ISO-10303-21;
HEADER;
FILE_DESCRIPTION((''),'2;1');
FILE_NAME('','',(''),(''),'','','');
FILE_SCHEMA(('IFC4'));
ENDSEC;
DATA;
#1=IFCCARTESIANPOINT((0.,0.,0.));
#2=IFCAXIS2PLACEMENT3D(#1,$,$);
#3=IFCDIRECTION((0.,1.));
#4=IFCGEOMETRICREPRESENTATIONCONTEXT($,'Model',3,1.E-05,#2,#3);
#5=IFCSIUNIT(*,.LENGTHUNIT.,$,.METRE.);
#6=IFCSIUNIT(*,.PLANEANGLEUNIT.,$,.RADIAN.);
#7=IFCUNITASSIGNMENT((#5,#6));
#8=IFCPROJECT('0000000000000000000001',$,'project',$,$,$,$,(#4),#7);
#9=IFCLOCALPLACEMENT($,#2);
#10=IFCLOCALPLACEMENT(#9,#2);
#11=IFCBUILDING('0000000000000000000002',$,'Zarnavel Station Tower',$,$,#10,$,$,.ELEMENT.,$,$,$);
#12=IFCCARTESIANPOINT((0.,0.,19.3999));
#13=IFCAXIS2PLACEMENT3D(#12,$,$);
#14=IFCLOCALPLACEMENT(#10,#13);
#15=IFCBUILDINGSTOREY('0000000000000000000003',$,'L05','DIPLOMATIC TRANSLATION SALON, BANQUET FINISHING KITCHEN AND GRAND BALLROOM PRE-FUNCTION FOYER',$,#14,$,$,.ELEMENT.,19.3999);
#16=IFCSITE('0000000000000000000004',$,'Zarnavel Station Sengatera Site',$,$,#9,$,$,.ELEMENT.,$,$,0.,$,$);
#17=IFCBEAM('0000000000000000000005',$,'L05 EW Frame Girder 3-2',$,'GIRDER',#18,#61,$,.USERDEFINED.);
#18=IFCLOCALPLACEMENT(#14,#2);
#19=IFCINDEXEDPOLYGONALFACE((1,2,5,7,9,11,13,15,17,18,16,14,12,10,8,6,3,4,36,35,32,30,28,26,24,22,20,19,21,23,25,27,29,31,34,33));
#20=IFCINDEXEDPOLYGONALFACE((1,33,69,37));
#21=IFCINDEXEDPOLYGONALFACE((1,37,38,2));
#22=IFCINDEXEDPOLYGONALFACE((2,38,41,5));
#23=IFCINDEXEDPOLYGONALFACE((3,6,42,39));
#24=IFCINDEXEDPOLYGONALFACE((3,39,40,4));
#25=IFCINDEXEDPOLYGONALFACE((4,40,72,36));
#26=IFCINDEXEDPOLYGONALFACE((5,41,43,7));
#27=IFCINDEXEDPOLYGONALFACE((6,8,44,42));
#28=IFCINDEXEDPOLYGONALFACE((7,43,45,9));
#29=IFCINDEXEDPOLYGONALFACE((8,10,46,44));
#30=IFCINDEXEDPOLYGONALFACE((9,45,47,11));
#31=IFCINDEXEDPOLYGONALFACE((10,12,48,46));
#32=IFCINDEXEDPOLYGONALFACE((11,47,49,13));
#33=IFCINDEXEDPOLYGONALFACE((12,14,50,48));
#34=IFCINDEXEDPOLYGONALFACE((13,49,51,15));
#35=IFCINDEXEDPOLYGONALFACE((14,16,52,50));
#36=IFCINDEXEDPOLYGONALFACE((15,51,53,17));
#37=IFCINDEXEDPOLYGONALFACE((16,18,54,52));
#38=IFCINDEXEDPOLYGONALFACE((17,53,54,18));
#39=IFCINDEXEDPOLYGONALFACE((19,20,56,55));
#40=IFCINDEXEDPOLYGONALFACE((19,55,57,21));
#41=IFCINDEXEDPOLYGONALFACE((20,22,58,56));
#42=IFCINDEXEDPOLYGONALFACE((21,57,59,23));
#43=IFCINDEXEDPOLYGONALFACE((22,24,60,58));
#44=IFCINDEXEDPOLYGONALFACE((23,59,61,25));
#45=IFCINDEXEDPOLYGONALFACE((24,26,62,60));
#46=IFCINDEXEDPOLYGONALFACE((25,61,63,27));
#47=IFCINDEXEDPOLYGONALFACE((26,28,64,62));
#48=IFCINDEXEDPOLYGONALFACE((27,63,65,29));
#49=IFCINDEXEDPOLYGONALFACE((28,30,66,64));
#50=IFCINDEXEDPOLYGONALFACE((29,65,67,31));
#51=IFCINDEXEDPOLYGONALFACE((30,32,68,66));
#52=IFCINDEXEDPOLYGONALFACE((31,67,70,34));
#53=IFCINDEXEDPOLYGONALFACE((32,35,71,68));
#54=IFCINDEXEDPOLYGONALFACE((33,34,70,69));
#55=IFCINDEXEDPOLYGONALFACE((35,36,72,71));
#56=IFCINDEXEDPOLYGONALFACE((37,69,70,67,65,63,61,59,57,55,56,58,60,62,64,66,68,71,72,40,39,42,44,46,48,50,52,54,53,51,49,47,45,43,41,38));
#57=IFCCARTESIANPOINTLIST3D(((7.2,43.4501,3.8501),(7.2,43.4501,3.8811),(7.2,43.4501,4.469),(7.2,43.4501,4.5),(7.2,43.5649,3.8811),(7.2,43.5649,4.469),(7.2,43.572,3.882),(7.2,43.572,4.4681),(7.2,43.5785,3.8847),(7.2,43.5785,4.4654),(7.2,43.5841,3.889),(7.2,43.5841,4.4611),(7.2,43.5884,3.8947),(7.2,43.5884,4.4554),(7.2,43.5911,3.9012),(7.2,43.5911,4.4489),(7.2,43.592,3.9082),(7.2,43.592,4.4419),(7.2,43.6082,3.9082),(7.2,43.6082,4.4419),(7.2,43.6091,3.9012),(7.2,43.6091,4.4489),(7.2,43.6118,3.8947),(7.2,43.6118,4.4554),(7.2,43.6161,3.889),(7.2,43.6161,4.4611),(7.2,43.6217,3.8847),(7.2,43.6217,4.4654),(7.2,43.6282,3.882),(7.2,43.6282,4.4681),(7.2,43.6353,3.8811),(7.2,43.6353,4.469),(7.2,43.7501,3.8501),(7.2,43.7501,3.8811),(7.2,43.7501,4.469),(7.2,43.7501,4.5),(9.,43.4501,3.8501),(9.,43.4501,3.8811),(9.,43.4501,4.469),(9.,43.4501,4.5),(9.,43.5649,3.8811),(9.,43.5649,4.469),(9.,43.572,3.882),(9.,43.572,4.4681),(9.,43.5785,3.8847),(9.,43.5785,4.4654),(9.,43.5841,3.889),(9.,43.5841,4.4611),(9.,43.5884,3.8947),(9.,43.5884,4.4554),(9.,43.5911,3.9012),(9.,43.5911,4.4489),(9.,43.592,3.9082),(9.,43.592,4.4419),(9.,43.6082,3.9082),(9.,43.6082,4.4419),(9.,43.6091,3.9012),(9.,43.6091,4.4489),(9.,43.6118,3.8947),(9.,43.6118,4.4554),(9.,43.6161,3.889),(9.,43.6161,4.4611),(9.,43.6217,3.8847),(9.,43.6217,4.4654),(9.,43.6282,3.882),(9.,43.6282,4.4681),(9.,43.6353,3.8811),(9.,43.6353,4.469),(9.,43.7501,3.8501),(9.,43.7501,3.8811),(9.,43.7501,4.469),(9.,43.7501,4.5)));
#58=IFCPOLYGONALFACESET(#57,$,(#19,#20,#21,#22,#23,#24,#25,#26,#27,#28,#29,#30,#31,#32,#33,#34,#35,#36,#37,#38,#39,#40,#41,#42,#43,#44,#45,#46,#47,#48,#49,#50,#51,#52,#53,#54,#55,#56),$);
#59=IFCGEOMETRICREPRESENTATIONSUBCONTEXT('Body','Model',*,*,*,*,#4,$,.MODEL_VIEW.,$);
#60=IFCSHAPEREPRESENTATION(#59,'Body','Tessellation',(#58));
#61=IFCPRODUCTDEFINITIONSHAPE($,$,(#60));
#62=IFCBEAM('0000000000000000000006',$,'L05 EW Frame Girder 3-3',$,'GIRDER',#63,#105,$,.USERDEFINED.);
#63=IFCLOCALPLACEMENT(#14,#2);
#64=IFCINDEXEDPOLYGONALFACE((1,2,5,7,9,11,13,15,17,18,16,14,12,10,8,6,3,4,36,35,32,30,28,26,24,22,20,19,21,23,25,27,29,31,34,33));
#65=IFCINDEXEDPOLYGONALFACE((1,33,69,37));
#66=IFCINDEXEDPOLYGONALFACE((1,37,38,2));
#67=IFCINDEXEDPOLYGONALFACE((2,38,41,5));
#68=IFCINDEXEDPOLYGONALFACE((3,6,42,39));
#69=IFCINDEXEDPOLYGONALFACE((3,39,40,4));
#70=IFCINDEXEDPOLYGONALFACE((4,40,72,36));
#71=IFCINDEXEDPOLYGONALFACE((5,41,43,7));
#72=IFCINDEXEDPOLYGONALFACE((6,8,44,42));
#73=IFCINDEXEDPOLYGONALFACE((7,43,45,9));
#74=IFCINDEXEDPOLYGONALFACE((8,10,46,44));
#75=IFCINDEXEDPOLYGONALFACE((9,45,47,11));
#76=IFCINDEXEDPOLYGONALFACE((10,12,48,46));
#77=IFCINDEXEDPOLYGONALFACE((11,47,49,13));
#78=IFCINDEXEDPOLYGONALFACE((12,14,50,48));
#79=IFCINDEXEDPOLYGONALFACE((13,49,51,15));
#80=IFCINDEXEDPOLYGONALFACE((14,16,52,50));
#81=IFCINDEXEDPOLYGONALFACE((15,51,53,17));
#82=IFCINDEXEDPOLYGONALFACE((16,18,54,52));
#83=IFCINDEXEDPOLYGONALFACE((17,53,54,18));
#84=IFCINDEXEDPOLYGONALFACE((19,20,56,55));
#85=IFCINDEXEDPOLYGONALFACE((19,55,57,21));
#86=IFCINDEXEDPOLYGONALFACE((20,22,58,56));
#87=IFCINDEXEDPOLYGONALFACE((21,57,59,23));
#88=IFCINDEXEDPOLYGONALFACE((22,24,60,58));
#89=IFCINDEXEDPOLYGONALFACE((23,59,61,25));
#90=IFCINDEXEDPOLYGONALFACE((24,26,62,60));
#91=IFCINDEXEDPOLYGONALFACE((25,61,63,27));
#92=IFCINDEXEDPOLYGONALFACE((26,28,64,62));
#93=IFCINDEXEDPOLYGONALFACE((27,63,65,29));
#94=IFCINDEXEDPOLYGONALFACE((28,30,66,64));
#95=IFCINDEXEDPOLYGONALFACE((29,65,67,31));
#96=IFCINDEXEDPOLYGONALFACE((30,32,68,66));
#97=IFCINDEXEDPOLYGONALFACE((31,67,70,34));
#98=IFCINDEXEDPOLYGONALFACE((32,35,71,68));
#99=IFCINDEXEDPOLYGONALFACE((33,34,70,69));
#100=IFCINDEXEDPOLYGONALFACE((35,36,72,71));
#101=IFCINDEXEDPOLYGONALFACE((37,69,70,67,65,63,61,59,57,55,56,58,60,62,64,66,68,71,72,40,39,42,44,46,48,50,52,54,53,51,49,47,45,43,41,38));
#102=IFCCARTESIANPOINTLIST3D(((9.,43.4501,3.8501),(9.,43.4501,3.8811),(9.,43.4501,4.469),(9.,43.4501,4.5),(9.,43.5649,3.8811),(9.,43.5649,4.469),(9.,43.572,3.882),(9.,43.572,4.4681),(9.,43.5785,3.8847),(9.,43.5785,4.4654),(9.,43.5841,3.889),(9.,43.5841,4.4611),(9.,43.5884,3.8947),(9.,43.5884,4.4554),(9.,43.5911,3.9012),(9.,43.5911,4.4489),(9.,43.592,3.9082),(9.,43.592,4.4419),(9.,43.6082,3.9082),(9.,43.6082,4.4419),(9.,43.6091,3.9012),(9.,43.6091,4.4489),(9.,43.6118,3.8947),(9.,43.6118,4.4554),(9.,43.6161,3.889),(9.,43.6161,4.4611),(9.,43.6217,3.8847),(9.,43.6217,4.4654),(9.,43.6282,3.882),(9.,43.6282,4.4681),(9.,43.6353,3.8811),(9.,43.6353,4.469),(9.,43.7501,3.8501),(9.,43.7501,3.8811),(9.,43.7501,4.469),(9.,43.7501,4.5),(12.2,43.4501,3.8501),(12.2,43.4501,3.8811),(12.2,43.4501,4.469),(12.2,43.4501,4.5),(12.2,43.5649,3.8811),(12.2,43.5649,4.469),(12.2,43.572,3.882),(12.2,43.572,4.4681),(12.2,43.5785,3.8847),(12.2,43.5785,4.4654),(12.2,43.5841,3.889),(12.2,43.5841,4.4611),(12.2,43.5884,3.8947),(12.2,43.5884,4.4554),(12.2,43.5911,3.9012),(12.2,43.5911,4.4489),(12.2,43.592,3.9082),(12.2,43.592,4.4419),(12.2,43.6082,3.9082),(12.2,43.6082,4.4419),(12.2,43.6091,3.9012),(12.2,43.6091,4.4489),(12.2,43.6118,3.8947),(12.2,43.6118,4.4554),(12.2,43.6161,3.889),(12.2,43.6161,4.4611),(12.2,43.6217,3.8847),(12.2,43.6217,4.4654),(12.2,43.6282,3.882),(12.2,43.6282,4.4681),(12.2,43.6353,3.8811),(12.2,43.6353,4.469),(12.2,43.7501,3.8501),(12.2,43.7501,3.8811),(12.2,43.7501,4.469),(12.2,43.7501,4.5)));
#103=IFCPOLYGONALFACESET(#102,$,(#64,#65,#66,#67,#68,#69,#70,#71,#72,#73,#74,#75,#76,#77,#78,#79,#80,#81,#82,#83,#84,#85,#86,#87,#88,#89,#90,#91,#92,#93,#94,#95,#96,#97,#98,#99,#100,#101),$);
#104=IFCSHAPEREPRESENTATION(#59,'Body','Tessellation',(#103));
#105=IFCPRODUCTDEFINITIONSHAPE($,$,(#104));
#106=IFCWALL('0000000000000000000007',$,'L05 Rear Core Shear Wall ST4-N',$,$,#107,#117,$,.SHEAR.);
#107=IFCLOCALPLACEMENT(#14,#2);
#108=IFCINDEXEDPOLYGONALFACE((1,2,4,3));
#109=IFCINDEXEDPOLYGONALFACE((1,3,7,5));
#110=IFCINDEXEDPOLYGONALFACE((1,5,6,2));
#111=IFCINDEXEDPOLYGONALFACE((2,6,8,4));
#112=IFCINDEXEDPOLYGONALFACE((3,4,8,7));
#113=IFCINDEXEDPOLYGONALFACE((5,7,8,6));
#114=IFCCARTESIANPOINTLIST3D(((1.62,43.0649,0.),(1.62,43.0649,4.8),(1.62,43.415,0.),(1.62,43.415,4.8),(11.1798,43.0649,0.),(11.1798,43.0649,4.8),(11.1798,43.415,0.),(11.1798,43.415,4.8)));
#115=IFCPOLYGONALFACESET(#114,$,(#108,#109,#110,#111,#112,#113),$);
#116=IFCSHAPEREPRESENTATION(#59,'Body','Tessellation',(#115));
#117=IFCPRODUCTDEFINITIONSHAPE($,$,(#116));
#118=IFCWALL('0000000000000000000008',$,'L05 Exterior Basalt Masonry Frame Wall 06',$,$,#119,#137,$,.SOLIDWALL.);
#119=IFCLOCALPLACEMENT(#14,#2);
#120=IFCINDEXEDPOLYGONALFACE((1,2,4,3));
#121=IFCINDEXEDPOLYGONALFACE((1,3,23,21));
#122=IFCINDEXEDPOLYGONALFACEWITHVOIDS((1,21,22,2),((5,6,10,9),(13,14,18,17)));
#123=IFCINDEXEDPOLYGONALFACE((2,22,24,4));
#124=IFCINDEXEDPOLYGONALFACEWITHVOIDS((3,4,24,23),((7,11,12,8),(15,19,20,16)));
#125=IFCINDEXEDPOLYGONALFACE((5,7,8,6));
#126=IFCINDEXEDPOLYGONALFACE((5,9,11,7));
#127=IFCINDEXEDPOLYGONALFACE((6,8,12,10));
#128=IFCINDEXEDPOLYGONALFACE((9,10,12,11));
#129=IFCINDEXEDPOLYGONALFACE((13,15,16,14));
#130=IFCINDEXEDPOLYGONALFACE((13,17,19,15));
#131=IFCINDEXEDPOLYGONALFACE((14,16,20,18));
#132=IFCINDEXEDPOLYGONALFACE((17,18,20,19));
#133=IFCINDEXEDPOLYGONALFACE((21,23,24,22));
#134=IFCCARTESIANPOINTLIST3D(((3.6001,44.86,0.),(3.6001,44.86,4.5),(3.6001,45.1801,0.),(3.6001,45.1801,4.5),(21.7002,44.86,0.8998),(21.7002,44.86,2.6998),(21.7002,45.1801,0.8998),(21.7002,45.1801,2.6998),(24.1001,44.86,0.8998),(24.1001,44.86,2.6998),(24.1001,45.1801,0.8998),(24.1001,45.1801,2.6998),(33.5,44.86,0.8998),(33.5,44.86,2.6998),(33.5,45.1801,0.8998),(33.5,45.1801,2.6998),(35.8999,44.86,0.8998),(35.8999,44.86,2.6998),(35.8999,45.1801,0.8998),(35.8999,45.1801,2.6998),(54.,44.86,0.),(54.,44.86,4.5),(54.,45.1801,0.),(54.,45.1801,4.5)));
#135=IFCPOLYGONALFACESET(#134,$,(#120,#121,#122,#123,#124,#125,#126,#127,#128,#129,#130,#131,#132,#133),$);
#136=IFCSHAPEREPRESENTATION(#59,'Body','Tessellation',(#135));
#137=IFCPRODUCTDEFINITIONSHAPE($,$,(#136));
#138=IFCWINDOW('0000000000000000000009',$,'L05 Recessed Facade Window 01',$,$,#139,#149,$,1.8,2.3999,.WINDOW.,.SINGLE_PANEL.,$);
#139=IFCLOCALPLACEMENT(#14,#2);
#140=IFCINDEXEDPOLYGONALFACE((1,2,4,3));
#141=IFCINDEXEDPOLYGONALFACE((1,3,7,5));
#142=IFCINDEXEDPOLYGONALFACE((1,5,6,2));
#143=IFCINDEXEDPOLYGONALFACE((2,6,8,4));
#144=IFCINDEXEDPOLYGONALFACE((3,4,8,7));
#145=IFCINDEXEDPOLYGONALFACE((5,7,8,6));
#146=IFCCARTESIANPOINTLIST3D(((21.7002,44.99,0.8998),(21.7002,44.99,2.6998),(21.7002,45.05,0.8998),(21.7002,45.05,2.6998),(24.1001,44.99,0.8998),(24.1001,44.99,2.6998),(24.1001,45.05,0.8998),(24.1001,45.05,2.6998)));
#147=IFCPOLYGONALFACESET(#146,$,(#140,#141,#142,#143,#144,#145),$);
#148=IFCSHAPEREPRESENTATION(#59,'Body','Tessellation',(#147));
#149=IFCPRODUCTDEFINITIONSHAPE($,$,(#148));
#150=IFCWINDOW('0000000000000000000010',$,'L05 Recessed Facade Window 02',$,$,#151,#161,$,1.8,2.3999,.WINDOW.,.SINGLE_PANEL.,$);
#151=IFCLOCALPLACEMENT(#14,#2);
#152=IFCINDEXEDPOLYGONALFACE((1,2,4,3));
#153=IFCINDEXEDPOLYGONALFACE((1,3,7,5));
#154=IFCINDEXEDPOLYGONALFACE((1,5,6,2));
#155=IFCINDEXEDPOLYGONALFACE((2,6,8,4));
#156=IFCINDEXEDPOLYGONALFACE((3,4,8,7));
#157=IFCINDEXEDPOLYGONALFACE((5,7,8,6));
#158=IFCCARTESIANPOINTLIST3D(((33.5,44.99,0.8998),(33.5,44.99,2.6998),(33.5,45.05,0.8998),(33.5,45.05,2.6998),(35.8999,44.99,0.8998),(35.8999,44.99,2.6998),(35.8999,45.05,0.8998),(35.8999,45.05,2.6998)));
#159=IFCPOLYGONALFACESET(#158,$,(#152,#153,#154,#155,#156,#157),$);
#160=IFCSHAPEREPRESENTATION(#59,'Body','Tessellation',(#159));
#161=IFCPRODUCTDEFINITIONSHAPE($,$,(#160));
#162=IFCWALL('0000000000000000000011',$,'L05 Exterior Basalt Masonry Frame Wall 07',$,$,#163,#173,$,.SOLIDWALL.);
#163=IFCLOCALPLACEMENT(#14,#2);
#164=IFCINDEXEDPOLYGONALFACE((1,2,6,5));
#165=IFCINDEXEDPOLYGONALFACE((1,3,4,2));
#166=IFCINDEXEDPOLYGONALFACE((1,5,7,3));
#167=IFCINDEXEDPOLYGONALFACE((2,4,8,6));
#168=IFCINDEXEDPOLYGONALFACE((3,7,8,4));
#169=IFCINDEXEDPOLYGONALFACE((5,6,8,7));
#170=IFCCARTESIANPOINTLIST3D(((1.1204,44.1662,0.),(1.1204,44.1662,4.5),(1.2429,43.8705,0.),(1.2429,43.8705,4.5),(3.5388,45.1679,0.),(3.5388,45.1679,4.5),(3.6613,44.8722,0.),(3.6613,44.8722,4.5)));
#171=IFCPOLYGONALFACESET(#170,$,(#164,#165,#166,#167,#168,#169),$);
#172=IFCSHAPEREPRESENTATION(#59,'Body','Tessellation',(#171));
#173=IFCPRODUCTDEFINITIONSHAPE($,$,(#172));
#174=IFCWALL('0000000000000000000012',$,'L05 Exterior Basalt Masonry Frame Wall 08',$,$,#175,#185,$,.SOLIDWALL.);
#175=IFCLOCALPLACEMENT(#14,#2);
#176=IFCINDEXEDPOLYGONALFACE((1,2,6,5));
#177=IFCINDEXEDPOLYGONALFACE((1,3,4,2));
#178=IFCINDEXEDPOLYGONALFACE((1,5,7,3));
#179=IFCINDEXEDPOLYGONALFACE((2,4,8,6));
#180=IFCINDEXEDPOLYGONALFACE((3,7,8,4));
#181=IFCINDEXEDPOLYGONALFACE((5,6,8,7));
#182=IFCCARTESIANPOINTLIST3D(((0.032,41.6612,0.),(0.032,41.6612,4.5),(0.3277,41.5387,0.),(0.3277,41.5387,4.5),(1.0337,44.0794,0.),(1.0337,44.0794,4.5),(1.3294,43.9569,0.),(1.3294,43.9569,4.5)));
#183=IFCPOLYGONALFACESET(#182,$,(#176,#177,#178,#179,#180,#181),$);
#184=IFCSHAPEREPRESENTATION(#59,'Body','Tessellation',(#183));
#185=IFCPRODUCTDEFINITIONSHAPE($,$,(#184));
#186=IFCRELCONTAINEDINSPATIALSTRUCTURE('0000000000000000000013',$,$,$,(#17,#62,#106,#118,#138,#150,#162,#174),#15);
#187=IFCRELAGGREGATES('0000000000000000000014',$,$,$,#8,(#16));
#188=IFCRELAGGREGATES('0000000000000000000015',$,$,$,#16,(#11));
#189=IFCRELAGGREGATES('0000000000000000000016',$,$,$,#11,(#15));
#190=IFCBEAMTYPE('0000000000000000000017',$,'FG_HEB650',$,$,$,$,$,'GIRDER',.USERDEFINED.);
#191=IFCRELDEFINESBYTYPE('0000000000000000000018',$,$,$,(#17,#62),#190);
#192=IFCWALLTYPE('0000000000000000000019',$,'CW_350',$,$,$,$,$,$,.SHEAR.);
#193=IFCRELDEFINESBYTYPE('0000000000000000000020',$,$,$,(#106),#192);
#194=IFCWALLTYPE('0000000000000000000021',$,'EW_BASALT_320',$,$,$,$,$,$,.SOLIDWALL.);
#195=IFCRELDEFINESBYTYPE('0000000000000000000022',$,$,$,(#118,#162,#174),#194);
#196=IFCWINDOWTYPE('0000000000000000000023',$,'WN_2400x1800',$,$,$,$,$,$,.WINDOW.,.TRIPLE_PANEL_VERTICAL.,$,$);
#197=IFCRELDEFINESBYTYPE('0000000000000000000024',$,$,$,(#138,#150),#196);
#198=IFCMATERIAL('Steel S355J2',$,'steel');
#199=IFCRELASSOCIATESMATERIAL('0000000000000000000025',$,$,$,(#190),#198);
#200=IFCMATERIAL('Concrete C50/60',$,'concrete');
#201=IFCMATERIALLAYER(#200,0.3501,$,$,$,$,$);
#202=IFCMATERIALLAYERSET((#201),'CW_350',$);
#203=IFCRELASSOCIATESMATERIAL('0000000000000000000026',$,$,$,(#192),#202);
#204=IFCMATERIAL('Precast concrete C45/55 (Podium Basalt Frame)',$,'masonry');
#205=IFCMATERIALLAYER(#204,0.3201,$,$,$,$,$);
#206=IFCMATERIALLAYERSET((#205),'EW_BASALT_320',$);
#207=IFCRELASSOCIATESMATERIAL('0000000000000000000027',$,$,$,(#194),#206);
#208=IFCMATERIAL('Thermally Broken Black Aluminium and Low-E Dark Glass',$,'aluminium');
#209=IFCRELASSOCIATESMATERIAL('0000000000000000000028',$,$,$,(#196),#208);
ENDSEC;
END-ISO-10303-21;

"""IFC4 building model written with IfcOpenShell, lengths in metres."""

from ifc_helpers import new_model, si_unit, direction, frame, frame_2d, origin, origin_2d, place, context, subcontext, project, spatial, rectangle, i_section, extrude, material, layer, layer_set, material_profile, profile_set, type_object, element, fill, save


model = new_model("IFC4")

# Units and contexts
model_context = context("Model", 3, precision=1e-05, world=origin(), true_north=direction((0.0, 1.0)))
body_context = subcontext(model_context, "Body", "Model", "MODEL_VIEW")
ifc_project = project(units=[si_unit("LENGTHUNIT", "METRE"), si_unit("PLANEANGLEUNIT", "RADIAN")], contexts=[model_context])

# Site, building, storey
site_placement = place(None, origin())
site = spatial("IfcSite", under=ifc_project, at=site_placement, Name="Zarnavel Station Sengatera Site", CompositionType="ELEMENT", RefElevation=0.0)
building_placement = place(site_placement, origin())
building = spatial("IfcBuilding", under=site, at=building_placement, Name="Zarnavel Station Tower", CompositionType="ELEMENT")
storey_placement = place(building_placement, frame((0.0, 0.0, 19.3999)))
storey = spatial("IfcBuildingStorey", under=building, at=storey_placement, Name="L05", Description="DIPLOMATIC TRANSLATION SALON, BANQUET FINISHING KITCHEN AND GRAND BALLROOM PRE-FUNCTION FOYER", CompositionType="ELEMENT", Elevation=19.3999)

# Beams
ifc_material_1 = material(Name="Steel S355J2", Category="steel")
ifc_material_profile_1 = material_profile(ifc_material_1, i_section(OverallWidth=0.3, OverallDepth=0.6499, WebThickness=0.0161, FlangeThickness=0.031, FilletRadius=0.0271, at=origin_2d()), Name="HEB650")
ifc_profile_set_1 = profile_set([ifc_material_profile_1], Name="Steel S355J2")
beam_type = type_object("IfcBeamType", Name="FG_HEB650", ElementType="GIRDER", PredefinedType="USERDEFINED", material=ifc_profile_set_1)
beam_1_placement = place(storey_placement, frame((7.2, 43.6001, 4.175), z_axis=(1.0, 0.0, 0.0), x_axis=(0.0, 1.0, 0.0)))
element("IfcBeam", 1, at=beam_1_placement, inside=storey, type_object=beam_type, Name="L05 EW Frame Girder 3-2", ObjectType="GIRDER", PredefinedType="USERDEFINED", context=body_context, shape_type="SweptSolid", body=[
    extrude(i_section(OverallWidth=0.3, OverallDepth=0.6499, WebThickness=0.0161, FlangeThickness=0.031, FilletRadius=0.0271, at=origin_2d()), origin(), (0.0, 0.0, 1.0), 1.8),
])
beam_2_placement = place(storey_placement, frame((9.0, 43.6001, 4.175), z_axis=(1.0, 0.0, 0.0), x_axis=(0.0, 1.0, 0.0)))
element("IfcBeam", 2, at=beam_2_placement, inside=storey, type_object=beam_type, Name="L05 EW Frame Girder 3-3", ObjectType="GIRDER", PredefinedType="USERDEFINED", context=body_context, shape_type="SweptSolid", body=[
    extrude(i_section(OverallWidth=0.3, OverallDepth=0.6499, WebThickness=0.0161, FlangeThickness=0.031, FilletRadius=0.0271, at=origin_2d()), origin(), (0.0, 0.0, 1.0), 3.2),
])

# Wall
ifc_material_2 = material(Name="Concrete C50/60", Category="concrete")
ifc_layer_1 = layer(ifc_material_2, 0.3501)
ifc_layer_set_1 = layer_set([ifc_layer_1], Name="CW_350")
wall_type_1 = type_object("IfcWallType", Name="CW_350", PredefinedType="SHEAR", material=ifc_layer_set_1)
wall_1_placement = place(storey_placement, frame((1.6201, 43.24, 0.0), z_axis=(0.0, 0.0, 1.0), x_axis=(1.0, 0.0, 0.0)))
element("IfcWall", 3, at=wall_1_placement, inside=storey, type_object=wall_type_1, Name="L05 Rear Core Shear Wall ST4-N", PredefinedType="SHEAR", context=body_context, shape_type="SweptSolid", body=[
    extrude(rectangle(XDim=9.5598, YDim=0.3501, at=frame_2d((4.7798, 0.0))), origin(), (0.0, 0.0, 1.0), 4.8),
])

# Wall, openings, windows
ifc_material_3 = material(Name="Precast concrete C45/55 (Podium Basalt Frame)", Category="masonry")
ifc_layer_2 = layer(ifc_material_3, 0.3201)
ifc_layer_set_2 = layer_set([ifc_layer_2], Name="EW_BASALT_320")
wall_type_2 = type_object("IfcWallType", Name="EW_BASALT_320", PredefinedType="SOLIDWALL", material=ifc_layer_set_2)
wall_2_placement = place(storey_placement, frame((3.6001, 45.02, 0.0), z_axis=(0.0, 0.0, 1.0), x_axis=(1.0, 0.0, 0.0)))
wall_2 = element("IfcWall", 4, at=wall_2_placement, inside=storey, type_object=wall_type_2, Name="L05 Exterior Basalt Masonry Frame Wall 06", PredefinedType="SOLIDWALL", context=body_context, shape_type="SweptSolid", body=[
    extrude(rectangle(XDim=50.3999, YDim=0.3201, at=frame_2d((25.2, 0.0))), origin(), (0.0, 0.0, 1.0), 4.5),
])
opening_1_placement = place(wall_2_placement, frame((18.1001, 0.0, 0.8999)))
opening_1 = element("IfcOpeningElement", 5, at=opening_1_placement, cuts=wall_2, PredefinedType="OPENING", context=body_context, shape_type="SweptSolid", body=[
    extrude(rectangle(XDim=2.3999, YDim=1.8, at=frame_2d((1.2, 0.8999))), frame((0.0, 0.1699, 0.0), z_axis=(0.0, -1.0, 0.0), x_axis=(1.0, 0.0, 0.0)), (0.0, 0.0, 1.0), 0.3401),
])
opening_2_placement = place(wall_2_placement, frame((29.8999, 0.0, 0.8999)))
opening_2 = element("IfcOpeningElement", 6, at=opening_2_placement, cuts=wall_2, PredefinedType="OPENING", context=body_context, shape_type="SweptSolid", body=[
    extrude(rectangle(XDim=2.3999, YDim=1.8, at=frame_2d((1.2, 0.8999))), frame((0.0, 0.1699, 0.0), z_axis=(0.0, -1.0, 0.0), x_axis=(1.0, 0.0, 0.0)), (0.0, 0.0, 1.0), 0.3401),
])
ifc_material_4 = material(Name="Thermally Broken Black Aluminium and Low-E Dark Glass", Category="aluminium")
window_type = type_object("IfcWindowType", Name="WN_2400x1800", PartitioningType="TRIPLE_PANEL_VERTICAL", PredefinedType="WINDOW", material=ifc_material_4)
window_1_placement = place(opening_1_placement, origin())
window_1 = element("IfcWindow", 7, at=window_1_placement, inside=storey, type_object=window_type, Name="L05 Recessed Facade Window 01", OverallHeight=1.8, OverallWidth=2.3999, PartitioningType="SINGLE_PANEL", PredefinedType="WINDOW", context=body_context, shape_type="SweptSolid", body=[
    extrude(rectangle(XDim=2.3999, YDim=1.8, at=frame_2d((1.2, 0.8999))), frame((0.0, 0.03, 0.0), z_axis=(0.0, -1.0, 0.0), x_axis=(1.0, 0.0, 0.0)), (0.0, 0.0, 1.0), 0.0601),
])
fill(opening_1, window_1)
window_2_placement = place(opening_2_placement, origin())
window_2 = element("IfcWindow", 8, at=window_2_placement, inside=storey, type_object=window_type, Name="L05 Recessed Facade Window 02", OverallHeight=1.8, OverallWidth=2.3999, PartitioningType="SINGLE_PANEL", PredefinedType="WINDOW", context=body_context, shape_type="SweptSolid", body=[
    extrude(rectangle(XDim=2.3999, YDim=1.8, at=frame_2d((1.2, 0.8999))), frame((0.0, 0.03, 0.0), z_axis=(0.0, -1.0, 0.0), x_axis=(1.0, 0.0, 0.0)), (0.0, 0.0, 1.0), 0.0601),
])
fill(opening_2, window_2)

# Walls
wall_3_placement = place(storey_placement, frame((1.1816, 44.0183, 0.0), z_axis=(0.0, 0.0, 1.0), x_axis=(0.923886, 0.382668, 0.0)))
element("IfcWall", 9, at=wall_3_placement, inside=storey, type_object=wall_type_2, Name="L05 Exterior Basalt Masonry Frame Wall 07", PredefinedType="SOLIDWALL", context=body_context, shape_type="SweptSolid", body=[
    extrude(rectangle(XDim=2.6177, YDim=0.3201, at=frame_2d((1.3088, 0.0))), origin(), (0.0, 0.0, 1.0), 4.5),
])
wall_4_placement = place(storey_placement, frame((0.1799, 41.6001, 0.0), z_axis=(0.0, 0.0, 1.0), x_axis=(0.382701, 0.923872, 0.0)))
element("IfcWall", 10, at=wall_4_placement, inside=storey, type_object=wall_type_2, Name="L05 Exterior Basalt Masonry Frame Wall 08", PredefinedType="SOLIDWALL", context=body_context, shape_type="SweptSolid", body=[
    extrude(rectangle(XDim=2.6174, YDim=0.3201, at=frame_2d((1.3086, 0.0))), origin(), (0.0, 0.0, 1.0), 4.5),
])

save(model, "model.ifc")
